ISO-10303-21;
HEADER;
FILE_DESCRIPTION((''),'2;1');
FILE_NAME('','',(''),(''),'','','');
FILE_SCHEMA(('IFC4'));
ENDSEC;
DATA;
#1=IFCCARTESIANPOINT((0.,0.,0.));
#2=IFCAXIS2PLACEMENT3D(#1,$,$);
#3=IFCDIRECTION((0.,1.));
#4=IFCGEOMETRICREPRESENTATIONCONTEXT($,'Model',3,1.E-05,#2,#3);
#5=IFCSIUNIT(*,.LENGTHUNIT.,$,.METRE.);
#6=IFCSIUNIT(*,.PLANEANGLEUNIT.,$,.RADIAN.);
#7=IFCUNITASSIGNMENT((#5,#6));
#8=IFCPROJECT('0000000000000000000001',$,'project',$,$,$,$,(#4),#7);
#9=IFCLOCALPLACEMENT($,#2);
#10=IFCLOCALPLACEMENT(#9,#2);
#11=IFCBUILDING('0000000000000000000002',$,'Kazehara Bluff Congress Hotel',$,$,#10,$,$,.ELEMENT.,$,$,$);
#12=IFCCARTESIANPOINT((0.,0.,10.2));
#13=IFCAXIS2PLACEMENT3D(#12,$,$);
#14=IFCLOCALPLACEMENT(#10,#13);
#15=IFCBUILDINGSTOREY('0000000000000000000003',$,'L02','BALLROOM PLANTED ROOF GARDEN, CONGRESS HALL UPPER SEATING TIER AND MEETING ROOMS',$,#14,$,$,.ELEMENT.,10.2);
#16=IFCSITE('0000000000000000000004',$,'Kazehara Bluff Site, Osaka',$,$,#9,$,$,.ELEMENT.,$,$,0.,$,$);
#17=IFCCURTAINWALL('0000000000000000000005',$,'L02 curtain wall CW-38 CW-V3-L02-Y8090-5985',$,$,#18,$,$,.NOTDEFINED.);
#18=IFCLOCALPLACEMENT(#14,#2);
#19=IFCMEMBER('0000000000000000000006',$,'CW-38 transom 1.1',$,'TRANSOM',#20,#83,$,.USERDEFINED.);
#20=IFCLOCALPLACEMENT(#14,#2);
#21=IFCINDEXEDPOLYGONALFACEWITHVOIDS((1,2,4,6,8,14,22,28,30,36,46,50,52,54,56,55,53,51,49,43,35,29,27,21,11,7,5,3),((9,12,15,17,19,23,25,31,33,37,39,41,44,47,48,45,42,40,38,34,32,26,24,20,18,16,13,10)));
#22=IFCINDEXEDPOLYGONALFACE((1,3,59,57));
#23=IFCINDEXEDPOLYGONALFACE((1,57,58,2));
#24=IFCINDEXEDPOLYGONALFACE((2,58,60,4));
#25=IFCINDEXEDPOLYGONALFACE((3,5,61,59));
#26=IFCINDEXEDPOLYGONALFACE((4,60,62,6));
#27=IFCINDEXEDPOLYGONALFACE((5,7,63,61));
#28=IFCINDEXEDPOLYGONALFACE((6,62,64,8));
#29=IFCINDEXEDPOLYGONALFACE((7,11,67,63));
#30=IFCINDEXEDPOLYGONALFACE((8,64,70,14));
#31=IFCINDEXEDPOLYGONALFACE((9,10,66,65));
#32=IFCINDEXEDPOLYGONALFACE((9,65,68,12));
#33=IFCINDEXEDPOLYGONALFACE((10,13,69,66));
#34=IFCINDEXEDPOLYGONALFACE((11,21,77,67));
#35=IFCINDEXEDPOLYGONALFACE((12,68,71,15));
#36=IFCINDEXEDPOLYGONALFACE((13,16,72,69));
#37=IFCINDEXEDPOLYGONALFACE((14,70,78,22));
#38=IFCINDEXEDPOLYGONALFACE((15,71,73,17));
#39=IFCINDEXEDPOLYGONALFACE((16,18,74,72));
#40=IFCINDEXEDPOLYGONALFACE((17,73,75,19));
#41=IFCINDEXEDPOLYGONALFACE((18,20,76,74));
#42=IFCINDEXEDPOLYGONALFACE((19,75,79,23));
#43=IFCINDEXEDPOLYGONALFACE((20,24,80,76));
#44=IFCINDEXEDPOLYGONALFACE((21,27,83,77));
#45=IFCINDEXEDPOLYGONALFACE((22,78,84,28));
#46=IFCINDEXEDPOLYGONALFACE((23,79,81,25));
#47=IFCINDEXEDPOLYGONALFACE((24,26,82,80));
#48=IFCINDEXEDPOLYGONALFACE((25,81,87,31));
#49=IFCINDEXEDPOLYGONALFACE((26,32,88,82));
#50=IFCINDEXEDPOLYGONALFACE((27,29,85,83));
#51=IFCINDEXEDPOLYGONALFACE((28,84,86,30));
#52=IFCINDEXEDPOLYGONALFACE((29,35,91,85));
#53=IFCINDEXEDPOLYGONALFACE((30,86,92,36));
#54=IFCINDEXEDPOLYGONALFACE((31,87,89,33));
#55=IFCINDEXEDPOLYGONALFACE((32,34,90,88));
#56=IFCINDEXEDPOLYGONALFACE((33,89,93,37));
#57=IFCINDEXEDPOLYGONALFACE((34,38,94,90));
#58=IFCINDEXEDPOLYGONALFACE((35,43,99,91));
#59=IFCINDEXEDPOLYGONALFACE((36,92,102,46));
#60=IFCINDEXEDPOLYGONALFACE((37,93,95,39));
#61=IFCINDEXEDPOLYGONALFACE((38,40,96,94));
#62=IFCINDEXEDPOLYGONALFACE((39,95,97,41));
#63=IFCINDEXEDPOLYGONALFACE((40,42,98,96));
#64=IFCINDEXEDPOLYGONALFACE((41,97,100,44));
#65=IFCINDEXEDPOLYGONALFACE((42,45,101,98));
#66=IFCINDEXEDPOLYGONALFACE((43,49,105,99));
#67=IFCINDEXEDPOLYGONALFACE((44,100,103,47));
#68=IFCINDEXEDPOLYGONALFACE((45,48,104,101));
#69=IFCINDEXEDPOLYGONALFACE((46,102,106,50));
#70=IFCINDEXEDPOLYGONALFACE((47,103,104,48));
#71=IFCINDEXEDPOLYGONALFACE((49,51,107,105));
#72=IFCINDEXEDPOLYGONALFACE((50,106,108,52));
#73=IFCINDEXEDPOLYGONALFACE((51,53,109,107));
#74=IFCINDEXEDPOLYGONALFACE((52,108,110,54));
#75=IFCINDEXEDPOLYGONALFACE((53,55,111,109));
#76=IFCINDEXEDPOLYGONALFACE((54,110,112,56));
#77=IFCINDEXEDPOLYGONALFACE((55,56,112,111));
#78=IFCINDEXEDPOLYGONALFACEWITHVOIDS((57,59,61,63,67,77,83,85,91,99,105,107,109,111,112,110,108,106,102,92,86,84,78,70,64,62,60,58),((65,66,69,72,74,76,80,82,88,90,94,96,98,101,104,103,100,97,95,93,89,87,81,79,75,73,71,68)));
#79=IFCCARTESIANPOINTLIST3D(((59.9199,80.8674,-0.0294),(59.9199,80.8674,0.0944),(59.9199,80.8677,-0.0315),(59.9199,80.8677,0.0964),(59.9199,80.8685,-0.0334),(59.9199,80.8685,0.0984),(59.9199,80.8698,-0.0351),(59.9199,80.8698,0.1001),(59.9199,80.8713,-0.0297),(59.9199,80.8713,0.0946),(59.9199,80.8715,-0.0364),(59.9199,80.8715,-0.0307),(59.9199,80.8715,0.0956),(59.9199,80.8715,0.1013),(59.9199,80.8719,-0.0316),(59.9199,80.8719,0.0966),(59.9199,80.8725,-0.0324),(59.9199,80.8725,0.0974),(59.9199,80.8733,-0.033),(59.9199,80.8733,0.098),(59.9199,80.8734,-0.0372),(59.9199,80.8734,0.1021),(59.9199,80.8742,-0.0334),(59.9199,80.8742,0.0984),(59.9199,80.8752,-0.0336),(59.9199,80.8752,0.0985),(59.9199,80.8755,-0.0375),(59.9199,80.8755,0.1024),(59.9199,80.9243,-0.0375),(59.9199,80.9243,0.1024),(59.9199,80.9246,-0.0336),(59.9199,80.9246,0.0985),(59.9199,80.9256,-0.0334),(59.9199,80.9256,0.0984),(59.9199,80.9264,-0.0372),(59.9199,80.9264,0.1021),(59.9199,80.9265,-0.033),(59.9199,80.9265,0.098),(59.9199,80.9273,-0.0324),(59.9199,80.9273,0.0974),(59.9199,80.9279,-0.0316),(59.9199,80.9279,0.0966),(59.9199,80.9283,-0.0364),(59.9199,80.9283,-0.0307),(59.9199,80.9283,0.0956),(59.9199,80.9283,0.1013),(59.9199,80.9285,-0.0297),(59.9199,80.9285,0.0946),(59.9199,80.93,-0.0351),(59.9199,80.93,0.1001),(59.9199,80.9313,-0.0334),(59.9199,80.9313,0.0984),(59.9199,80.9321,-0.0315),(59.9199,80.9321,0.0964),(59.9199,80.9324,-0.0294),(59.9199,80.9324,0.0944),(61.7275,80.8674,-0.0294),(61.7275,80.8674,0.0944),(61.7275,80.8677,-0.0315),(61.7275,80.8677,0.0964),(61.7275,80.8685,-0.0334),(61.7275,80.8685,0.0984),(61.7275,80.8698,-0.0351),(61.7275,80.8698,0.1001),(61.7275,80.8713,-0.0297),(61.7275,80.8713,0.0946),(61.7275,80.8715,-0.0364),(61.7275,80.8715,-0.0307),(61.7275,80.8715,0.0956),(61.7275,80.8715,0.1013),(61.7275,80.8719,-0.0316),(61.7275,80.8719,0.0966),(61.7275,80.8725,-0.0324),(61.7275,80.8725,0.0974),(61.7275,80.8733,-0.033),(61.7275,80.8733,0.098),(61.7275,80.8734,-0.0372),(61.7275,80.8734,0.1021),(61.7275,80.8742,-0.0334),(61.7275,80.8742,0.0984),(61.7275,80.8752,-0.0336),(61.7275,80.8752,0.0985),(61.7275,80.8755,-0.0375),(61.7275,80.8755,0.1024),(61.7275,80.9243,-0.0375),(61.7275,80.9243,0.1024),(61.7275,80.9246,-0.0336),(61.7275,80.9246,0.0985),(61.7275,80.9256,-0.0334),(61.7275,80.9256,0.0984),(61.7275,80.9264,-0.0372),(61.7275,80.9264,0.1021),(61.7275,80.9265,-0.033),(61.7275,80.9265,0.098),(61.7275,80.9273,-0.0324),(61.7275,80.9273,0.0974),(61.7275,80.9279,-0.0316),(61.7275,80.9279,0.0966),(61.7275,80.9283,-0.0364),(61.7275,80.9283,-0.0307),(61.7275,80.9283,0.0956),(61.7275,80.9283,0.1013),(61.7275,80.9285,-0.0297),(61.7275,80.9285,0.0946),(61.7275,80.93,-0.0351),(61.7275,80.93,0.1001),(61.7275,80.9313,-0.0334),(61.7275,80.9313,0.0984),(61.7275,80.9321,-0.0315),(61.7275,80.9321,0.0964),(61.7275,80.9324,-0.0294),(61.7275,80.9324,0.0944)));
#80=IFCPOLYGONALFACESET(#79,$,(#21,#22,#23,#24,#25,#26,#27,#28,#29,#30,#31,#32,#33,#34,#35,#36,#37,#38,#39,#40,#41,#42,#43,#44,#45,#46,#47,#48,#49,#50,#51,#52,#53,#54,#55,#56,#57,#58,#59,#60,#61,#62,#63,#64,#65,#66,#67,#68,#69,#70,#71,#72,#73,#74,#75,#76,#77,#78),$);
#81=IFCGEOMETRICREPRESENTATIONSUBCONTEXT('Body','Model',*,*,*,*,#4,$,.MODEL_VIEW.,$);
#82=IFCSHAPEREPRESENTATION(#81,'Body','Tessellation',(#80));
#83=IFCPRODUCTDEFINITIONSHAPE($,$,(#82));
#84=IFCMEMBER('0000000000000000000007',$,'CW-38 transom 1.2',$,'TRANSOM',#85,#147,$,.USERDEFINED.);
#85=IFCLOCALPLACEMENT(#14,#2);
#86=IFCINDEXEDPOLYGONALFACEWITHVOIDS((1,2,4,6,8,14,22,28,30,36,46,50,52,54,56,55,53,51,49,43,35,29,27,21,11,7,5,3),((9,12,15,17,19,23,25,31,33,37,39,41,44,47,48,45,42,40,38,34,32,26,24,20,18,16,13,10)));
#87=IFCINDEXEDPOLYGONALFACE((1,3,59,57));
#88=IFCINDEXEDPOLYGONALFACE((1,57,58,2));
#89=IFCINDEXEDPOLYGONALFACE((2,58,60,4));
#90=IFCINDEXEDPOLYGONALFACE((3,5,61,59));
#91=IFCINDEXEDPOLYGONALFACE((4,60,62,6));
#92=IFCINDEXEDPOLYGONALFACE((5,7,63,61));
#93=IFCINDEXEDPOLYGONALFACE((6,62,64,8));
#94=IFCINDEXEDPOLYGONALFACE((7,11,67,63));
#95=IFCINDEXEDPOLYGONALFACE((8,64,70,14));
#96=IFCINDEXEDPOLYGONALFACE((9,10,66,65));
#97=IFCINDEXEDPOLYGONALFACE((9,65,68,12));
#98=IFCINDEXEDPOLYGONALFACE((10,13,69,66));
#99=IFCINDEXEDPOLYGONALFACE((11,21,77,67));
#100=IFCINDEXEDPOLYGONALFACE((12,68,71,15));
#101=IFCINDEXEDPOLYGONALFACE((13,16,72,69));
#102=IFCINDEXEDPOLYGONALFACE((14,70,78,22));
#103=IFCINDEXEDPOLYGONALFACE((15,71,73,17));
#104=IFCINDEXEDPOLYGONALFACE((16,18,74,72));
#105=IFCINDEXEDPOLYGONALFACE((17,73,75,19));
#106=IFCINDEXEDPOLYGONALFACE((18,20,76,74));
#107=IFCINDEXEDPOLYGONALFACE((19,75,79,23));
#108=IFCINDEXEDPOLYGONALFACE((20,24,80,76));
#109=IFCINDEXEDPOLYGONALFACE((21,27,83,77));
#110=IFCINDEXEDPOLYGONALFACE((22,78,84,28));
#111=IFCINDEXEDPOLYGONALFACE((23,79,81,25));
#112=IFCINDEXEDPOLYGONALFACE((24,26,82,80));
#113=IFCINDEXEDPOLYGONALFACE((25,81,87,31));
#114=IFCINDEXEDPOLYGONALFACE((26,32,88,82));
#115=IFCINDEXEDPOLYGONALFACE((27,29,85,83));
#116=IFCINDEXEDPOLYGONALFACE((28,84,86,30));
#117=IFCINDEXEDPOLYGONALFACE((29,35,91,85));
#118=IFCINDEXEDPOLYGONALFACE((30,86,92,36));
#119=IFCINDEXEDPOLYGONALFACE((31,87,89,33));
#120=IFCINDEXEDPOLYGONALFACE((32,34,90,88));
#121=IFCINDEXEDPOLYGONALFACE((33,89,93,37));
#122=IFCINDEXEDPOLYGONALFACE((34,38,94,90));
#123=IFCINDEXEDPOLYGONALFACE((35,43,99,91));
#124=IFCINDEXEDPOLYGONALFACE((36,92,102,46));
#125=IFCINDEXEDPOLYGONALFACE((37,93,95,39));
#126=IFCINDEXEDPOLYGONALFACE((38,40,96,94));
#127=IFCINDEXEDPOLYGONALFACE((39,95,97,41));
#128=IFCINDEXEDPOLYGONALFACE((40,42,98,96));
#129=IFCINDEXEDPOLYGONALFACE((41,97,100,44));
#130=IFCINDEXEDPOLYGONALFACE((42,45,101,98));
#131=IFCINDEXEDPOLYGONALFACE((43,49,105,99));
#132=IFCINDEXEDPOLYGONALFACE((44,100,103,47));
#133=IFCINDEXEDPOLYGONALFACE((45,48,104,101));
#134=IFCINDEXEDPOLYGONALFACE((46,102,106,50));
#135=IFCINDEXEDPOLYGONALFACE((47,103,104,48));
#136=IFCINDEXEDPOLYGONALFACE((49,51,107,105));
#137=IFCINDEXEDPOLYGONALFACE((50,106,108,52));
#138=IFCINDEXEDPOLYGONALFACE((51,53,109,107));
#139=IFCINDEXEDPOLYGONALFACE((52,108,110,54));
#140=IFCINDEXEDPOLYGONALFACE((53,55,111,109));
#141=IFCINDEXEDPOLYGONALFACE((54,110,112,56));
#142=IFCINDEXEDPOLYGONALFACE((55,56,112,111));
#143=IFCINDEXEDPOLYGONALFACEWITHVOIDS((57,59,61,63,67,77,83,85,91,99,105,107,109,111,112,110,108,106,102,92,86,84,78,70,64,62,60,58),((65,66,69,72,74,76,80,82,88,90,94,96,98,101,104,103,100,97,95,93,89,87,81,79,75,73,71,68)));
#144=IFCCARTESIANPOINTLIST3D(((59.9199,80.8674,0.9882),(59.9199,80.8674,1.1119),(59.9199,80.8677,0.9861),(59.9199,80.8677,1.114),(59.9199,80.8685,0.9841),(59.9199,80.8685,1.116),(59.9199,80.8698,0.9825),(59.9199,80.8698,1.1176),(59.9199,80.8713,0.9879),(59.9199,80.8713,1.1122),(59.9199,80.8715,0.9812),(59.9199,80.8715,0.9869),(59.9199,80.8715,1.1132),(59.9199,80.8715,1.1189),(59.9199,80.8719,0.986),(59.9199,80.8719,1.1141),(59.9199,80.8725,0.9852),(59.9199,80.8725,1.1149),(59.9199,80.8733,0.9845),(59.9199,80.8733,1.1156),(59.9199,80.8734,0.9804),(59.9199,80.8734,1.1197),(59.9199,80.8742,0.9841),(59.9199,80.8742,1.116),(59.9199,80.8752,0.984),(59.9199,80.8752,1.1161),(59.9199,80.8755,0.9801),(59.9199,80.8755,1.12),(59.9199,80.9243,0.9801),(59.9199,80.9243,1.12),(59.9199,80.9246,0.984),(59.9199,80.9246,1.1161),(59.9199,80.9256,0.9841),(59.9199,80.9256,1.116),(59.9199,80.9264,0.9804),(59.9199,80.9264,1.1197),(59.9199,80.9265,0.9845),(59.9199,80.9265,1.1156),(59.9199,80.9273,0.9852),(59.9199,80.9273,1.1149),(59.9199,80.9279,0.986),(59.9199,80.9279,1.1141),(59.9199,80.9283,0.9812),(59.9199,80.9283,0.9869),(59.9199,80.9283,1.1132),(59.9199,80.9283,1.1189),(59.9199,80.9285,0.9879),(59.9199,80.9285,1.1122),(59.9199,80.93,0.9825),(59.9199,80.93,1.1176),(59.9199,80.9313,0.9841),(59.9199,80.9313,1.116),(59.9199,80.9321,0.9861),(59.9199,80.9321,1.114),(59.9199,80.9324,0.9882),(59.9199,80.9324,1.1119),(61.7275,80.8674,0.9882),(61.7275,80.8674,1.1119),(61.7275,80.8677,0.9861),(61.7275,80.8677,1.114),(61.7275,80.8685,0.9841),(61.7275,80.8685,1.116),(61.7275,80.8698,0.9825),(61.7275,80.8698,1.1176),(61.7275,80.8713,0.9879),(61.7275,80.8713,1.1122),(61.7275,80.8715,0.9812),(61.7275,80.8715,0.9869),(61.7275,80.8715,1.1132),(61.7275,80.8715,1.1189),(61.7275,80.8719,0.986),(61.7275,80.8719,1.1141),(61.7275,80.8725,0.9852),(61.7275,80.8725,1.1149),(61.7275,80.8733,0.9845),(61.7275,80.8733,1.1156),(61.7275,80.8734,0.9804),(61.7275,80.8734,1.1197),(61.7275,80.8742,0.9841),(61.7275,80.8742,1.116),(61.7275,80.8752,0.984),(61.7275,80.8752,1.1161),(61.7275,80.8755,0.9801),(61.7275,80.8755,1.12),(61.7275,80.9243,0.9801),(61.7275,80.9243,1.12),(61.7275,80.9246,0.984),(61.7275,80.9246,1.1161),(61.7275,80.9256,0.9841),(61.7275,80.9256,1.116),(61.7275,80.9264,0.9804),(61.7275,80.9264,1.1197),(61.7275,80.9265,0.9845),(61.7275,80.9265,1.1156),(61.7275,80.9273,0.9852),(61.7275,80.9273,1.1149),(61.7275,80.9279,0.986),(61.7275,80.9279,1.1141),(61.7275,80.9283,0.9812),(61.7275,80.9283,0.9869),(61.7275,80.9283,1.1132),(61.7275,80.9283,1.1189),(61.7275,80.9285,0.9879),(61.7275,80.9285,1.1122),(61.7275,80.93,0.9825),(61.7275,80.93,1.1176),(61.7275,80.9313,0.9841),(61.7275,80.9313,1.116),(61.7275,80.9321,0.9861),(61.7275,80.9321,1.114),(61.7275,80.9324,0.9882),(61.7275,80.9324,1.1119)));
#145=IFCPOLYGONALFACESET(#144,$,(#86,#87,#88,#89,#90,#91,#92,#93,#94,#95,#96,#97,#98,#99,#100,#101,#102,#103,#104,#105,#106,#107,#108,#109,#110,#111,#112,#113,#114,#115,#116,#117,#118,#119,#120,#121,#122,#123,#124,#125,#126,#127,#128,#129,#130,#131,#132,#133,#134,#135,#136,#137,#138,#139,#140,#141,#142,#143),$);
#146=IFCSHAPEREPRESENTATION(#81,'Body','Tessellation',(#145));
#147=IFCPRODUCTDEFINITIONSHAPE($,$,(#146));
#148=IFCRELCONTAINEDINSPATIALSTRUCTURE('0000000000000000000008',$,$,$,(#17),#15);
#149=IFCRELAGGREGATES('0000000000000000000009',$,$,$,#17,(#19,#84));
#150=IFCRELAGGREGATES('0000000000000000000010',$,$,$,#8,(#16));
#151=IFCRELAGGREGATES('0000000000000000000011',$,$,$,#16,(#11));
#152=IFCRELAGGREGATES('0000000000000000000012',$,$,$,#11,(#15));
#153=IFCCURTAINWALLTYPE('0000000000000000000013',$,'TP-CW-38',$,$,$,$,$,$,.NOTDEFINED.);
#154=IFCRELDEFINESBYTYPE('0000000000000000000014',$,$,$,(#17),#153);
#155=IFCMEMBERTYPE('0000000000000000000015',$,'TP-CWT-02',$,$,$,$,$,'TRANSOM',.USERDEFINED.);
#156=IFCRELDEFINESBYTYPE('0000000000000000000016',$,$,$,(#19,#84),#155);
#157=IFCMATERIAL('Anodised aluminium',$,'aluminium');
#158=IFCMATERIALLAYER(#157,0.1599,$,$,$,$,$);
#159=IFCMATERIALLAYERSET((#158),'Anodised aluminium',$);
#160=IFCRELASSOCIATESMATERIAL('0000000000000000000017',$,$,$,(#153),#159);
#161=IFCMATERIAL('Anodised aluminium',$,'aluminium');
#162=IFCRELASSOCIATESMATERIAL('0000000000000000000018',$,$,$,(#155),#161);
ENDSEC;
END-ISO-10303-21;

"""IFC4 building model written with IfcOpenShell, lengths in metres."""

from ifc_helpers import new_model, si_unit, direction, frame, origin, origin_2d, place, context, subcontext, project, spatial, hollow_rectangle, extrude, material, layer, layer_set, material_profile, profile_set, type_object, element, aggregate, save


model = new_model("IFC4")

# Units and contexts
model_context = context("Model", 3, precision=1e-05, world=origin(), true_north=direction((0.0, 1.0)))
body_context = subcontext(model_context, "Body", "Model", "MODEL_VIEW")
ifc_project = project(units=[si_unit("LENGTHUNIT", "METRE"), si_unit("PLANEANGLEUNIT", "RADIAN")], contexts=[model_context])

# Site, building, storey
site_placement = place(None, origin())
site = spatial("IfcSite", under=ifc_project, at=site_placement, Name="Kazehara Bluff Site, Osaka", CompositionType="ELEMENT", RefElevation=0.0)
building_placement = place(site_placement, origin())
building = spatial("IfcBuilding", under=site, at=building_placement, Name="Kazehara Bluff Congress Hotel", CompositionType="ELEMENT")
storey_placement = place(building_placement, frame((0.0, 0.0, 10.2)))
storey = spatial("IfcBuildingStorey", under=building, at=storey_placement, Name="L02", Description="BALLROOM PLANTED ROOF GARDEN, CONGRESS HALL UPPER SEATING TIER AND MEETING ROOMS", CompositionType="ELEMENT", Elevation=10.2)

# Curtain wall
ifc_material_1 = material(Name="Anodised aluminium", Category="aluminium")
ifc_layer_1 = layer(ifc_material_1, 0.1599)
ifc_layer_set_1 = layer_set([ifc_layer_1], Name="Anodised aluminium")
curtain_wall_type_1 = type_object("IfcCurtainWallType", Name="TP-CW-38", PredefinedType="NOTDEFINED", material=ifc_layer_set_1)
curtain_wall_1_placement = place(storey_placement, origin())
curtain_wall_1 = element("IfcCurtainWall", 1, at=curtain_wall_1_placement, inside=storey, type_object=curtain_wall_type_1, Name="L02 curtain wall CW-38 CW-V3-L02-Y8090-5985", PredefinedType="NOTDEFINED")

# Members
ifc_material_2 = material(Name="Anodised aluminium", Category="aluminium")
ifc_material_profile_1 = material_profile(ifc_material_2, hollow_rectangle(XDim=0.0649, YDim=0.1399, WallThickness=0.0039, InnerFilletRadius=0.0039, OuterFilletRadius=0.0081, at=origin_2d()))
ifc_profile_set_1 = profile_set([ifc_material_profile_1], Name="Anodised aluminium")
member_type_1 = type_object("IfcMemberType", Name="TP-CWT-02", ElementType="TRANSOM", PredefinedType="USERDEFINED", material=ifc_profile_set_1)
member_1_placement = place(storey_placement, frame((59.9199, 80.8999, 0.0325), z_axis=(1.0, 0.0, 0.0), x_axis=(0.0, 1.0, 0.0)))
member_1 = element("IfcMember", 2, at=member_1_placement, type_object=member_type_1, Name="CW-38 transom 1.1", ObjectType="TRANSOM", PredefinedType="USERDEFINED", context=body_context, shape_type="SweptSolid", body=[
    extrude(hollow_rectangle(XDim=0.0649, YDim=0.1399, WallThickness=0.0039, InnerFilletRadius=0.0039, OuterFilletRadius=0.0081, at=origin_2d()), origin(), (0.0, 0.0, 1.0), 1.8076),
])
member_2_placement = place(storey_placement, frame((59.9199, 80.8999, 1.05), z_axis=(1.0, 0.0, 0.0), x_axis=(0.0, 1.0, 0.0)))
member_2 = element("IfcMember", 3, at=member_2_placement, type_object=member_type_1, Name="CW-38 transom 1.2", ObjectType="TRANSOM", PredefinedType="USERDEFINED", context=body_context, shape_type="SweptSolid", body=[
    extrude(hollow_rectangle(XDim=0.0649, YDim=0.1399, WallThickness=0.0039, InnerFilletRadius=0.0039, OuterFilletRadius=0.0081, at=origin_2d()), origin(), (0.0, 0.0, 1.0), 1.8076),
])

aggregate(curtain_wall_1, [member_1, member_2])

save(model, "model.ifc")
